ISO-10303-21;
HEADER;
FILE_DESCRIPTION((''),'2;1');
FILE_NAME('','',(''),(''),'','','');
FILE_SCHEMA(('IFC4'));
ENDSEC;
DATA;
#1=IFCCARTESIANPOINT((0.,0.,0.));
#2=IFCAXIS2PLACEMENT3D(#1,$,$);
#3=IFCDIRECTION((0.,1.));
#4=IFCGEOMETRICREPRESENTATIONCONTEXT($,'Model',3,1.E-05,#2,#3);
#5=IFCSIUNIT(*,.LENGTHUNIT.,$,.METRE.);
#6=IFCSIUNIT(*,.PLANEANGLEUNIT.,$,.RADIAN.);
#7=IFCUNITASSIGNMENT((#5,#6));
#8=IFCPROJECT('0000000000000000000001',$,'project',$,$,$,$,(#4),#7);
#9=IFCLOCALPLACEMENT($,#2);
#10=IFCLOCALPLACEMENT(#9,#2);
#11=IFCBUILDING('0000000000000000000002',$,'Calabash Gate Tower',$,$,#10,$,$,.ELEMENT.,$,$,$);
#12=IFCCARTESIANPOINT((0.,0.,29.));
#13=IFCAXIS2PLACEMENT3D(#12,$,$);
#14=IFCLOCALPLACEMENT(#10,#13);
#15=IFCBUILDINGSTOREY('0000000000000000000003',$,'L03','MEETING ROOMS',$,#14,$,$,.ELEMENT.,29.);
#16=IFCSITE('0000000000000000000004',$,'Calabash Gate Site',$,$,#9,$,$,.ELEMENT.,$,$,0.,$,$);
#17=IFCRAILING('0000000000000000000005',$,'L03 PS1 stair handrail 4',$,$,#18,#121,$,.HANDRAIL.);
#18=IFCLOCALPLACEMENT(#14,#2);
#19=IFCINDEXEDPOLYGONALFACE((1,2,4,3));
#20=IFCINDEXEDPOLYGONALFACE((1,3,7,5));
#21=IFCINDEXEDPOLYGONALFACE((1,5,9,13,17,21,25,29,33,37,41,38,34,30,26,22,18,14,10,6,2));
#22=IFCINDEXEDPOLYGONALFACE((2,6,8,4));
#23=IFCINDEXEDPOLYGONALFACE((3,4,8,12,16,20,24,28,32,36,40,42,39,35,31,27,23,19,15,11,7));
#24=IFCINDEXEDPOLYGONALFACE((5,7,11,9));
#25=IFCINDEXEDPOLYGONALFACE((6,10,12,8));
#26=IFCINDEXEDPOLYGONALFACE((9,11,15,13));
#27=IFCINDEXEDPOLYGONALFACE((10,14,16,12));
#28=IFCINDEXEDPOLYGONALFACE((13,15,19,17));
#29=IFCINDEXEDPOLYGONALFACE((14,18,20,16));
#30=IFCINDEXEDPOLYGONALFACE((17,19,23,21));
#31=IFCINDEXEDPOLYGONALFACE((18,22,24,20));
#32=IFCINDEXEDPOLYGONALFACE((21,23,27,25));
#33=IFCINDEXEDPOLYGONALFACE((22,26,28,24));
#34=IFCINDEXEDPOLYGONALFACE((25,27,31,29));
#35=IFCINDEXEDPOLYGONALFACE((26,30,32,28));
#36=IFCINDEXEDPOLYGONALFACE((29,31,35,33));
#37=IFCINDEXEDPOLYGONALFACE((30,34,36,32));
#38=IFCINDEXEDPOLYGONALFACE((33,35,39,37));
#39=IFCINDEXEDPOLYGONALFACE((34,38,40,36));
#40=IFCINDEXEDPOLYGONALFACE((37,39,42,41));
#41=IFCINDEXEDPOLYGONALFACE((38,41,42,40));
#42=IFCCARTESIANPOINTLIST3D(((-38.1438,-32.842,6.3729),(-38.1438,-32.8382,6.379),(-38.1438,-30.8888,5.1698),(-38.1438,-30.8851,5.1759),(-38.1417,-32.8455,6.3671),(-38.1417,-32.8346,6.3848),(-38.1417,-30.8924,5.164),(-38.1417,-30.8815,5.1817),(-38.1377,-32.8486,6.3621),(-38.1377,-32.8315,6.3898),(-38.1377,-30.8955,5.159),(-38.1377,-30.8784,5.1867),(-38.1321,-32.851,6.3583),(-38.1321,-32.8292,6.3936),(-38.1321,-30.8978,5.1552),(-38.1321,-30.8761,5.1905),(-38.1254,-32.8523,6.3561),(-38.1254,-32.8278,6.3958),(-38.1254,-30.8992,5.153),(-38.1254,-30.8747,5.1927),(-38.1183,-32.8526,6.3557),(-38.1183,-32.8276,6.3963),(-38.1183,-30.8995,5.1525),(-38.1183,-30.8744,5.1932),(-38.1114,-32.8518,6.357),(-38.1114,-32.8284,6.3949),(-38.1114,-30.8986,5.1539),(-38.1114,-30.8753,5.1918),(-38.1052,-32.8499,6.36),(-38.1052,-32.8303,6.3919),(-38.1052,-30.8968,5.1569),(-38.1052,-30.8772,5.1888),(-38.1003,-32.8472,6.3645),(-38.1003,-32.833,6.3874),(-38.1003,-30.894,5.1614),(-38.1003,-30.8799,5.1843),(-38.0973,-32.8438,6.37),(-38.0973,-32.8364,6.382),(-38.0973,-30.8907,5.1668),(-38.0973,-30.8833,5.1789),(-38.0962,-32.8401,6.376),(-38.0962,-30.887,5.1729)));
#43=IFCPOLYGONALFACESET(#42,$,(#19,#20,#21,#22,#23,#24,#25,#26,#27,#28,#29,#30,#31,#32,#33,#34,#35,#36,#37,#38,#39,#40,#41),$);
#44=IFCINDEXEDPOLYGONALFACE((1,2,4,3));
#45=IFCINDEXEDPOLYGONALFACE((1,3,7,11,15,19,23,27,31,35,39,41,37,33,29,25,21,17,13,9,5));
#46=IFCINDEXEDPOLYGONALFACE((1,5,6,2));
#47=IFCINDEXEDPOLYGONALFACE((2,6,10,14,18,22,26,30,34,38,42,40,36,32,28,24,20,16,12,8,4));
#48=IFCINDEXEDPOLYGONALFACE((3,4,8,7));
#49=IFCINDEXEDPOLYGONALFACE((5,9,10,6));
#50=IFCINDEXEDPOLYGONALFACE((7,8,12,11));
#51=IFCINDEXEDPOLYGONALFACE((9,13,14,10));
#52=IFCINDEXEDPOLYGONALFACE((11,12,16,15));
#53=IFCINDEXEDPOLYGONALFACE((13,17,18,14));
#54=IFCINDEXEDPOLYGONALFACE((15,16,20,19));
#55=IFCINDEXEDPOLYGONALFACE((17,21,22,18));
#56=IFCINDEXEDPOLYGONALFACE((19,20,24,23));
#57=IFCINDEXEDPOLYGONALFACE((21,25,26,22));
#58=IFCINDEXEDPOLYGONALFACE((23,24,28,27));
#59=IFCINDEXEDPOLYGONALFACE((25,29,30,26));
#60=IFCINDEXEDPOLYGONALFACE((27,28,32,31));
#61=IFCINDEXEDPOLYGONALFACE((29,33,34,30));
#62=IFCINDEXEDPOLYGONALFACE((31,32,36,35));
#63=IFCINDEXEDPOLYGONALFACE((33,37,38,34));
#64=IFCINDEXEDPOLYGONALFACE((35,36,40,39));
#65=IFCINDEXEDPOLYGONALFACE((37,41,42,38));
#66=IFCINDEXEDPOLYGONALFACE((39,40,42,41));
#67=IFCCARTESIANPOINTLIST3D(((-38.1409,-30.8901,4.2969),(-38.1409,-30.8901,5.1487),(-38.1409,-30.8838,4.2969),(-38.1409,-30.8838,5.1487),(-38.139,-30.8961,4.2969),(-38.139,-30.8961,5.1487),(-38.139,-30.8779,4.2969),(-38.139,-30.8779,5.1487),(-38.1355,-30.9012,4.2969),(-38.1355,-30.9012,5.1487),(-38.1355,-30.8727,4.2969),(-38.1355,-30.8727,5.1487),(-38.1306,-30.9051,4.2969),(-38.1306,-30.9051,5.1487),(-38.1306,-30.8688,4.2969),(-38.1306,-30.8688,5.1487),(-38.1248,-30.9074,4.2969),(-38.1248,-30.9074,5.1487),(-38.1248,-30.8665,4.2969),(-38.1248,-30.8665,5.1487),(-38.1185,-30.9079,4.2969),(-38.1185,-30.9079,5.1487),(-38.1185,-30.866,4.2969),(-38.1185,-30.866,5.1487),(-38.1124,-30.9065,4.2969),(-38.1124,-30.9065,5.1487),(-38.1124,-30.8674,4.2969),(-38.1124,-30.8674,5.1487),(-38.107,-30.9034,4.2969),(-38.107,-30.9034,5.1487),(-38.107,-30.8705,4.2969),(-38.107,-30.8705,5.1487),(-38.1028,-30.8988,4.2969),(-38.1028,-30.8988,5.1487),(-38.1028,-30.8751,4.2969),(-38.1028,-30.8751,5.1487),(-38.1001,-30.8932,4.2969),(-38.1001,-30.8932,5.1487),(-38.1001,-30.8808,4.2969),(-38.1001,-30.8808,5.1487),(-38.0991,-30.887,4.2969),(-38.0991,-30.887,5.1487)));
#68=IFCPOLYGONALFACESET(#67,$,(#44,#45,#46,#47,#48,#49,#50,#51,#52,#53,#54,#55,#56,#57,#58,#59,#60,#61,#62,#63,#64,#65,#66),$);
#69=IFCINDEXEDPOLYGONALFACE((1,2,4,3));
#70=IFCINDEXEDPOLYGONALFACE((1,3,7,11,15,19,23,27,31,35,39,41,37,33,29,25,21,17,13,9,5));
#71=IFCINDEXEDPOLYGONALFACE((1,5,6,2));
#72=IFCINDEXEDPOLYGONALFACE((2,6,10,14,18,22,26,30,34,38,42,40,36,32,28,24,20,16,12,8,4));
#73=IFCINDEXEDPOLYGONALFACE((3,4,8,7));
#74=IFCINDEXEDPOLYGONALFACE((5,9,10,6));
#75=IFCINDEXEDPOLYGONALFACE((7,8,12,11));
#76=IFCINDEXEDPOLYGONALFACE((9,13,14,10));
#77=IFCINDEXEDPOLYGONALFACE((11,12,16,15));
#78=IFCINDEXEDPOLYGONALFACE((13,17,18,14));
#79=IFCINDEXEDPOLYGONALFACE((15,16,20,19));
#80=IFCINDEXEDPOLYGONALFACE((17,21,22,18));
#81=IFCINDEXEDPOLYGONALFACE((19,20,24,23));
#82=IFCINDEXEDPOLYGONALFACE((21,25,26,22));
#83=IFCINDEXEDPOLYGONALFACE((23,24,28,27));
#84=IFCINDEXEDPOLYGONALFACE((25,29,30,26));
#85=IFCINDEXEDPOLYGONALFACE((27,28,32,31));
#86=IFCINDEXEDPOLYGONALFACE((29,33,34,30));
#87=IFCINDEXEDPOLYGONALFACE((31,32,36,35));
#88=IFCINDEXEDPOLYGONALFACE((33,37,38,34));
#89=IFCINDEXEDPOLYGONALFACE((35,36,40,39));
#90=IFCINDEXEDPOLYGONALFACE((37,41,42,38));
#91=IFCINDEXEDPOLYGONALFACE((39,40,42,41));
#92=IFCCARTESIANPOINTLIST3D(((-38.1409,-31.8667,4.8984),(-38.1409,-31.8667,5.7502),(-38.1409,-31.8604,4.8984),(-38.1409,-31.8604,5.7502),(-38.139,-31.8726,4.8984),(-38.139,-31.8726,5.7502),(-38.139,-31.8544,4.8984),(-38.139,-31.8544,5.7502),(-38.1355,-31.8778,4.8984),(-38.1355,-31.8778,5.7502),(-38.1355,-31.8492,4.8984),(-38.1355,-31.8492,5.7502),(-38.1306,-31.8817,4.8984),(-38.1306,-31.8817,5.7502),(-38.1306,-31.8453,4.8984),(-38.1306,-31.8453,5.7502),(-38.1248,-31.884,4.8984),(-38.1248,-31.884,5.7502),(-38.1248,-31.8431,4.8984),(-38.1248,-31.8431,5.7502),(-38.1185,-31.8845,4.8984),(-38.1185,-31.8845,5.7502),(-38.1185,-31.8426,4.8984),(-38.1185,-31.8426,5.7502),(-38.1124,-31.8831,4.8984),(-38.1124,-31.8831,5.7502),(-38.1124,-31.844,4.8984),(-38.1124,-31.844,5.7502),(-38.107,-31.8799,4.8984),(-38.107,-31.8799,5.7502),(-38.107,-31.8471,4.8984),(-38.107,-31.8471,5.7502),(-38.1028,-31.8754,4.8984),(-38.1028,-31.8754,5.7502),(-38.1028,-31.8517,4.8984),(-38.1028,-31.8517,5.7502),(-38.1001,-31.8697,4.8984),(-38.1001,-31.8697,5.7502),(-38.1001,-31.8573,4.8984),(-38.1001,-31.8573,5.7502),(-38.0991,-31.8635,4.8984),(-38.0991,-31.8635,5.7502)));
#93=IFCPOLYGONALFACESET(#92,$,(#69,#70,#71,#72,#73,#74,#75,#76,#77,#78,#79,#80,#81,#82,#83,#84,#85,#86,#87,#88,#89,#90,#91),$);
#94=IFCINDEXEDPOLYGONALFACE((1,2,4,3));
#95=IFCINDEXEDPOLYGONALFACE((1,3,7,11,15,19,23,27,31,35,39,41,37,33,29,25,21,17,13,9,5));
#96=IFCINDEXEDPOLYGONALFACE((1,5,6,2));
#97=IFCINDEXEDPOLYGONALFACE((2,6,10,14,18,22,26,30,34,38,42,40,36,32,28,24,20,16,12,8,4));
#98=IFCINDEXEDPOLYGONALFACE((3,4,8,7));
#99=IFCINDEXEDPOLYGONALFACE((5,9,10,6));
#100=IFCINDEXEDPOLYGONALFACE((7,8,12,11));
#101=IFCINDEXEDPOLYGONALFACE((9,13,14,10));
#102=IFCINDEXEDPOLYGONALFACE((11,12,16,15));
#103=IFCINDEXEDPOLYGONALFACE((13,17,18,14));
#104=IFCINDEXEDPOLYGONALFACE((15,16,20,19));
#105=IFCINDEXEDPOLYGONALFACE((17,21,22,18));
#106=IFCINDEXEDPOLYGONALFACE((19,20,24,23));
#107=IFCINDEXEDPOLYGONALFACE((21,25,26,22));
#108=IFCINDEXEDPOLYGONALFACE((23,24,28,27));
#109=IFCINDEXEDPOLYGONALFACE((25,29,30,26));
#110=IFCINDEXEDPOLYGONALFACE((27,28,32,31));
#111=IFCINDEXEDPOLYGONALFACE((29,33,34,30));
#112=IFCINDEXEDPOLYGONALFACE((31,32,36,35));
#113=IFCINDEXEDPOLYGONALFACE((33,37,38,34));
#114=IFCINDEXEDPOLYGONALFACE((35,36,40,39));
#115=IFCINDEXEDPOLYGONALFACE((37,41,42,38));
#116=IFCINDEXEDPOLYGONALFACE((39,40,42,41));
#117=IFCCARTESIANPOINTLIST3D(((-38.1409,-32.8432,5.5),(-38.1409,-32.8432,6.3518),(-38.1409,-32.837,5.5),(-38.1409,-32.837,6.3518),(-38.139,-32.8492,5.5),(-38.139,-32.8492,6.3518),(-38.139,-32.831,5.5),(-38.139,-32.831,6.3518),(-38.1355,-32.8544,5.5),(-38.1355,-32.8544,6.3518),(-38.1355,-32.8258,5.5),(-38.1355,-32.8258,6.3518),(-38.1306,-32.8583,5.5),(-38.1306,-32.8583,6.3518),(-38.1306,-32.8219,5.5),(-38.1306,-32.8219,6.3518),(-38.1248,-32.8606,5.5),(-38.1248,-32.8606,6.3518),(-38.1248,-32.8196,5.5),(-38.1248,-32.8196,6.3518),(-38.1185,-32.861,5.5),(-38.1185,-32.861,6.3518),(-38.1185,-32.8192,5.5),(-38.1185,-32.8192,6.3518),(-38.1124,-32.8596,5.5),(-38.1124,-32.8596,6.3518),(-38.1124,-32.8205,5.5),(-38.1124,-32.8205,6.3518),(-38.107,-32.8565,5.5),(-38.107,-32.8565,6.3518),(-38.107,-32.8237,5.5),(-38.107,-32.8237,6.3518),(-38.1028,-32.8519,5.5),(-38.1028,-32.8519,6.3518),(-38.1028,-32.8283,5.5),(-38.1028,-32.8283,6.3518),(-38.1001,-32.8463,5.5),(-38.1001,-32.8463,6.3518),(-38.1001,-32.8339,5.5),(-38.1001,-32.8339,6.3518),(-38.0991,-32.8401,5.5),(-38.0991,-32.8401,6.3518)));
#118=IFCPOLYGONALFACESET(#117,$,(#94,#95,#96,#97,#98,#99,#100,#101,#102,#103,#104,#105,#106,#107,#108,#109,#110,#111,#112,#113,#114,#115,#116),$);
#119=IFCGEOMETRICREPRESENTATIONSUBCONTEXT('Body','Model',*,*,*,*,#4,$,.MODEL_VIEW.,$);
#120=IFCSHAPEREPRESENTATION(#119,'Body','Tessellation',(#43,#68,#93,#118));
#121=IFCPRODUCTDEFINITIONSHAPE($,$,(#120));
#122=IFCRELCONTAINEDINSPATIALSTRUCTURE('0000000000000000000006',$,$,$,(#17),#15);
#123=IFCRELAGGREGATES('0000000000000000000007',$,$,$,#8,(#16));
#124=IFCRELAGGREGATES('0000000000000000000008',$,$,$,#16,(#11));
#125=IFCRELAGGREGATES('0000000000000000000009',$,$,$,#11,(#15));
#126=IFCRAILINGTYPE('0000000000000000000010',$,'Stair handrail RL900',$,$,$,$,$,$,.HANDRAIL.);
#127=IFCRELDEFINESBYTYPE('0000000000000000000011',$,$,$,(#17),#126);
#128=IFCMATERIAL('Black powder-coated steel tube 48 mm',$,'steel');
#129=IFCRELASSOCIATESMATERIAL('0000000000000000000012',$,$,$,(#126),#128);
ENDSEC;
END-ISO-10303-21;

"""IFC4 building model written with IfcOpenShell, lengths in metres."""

from ifc_helpers import new_model, si_unit, direction, frame, origin, origin_2d, place, context, subcontext, project, spatial, circle, extrude, material, type_object, element, save


model = new_model("IFC4")

# Units and contexts
model_context = context("Model", 3, precision=1e-05, world=origin(), true_north=direction((0.0, 1.0)))
body_context = subcontext(model_context, "Body", "Model", "MODEL_VIEW")
ifc_project = project(units=[si_unit("LENGTHUNIT", "METRE"), si_unit("PLANEANGLEUNIT", "RADIAN")], contexts=[model_context])

# Site, building, storey
site_placement = place(None, origin())
site = spatial("IfcSite", under=ifc_project, at=site_placement, Name="Calabash Gate Site", CompositionType="ELEMENT", RefElevation=0.0)
building_placement = place(site_placement, origin())
building = spatial("IfcBuilding", under=site, at=building_placement, Name="Calabash Gate Tower", CompositionType="ELEMENT")
storey_placement = place(building_placement, frame((0.0, 0.0, 29.0)))
storey = spatial("IfcBuildingStorey", under=building, at=storey_placement, Name="L03", Description="MEETING ROOMS", CompositionType="ELEMENT", Elevation=29.0)

# Railing
ifc_material_1 = material(Name="Black powder-coated steel tube 48 mm", Category="steel")
railing_type_1 = type_object("IfcRailingType", Name="Stair handrail RL900", PredefinedType="HANDRAIL", material=ifc_material_1)
railing_1_placement = place(storey_placement, frame((-38.1201, -30.887, 4.2969)))
element("IfcRailing", 1, at=railing_1_placement, inside=storey, type_object=railing_type_1, Name="L03 PS1 stair handrail 4", PredefinedType="HANDRAIL", context=body_context, shape_type="SweptSolid", body=[
    extrude(circle(Radius=0.0239, at=origin_2d()), frame((0.0, 0.0, 0.876), z_axis=(0.0, -0.851424, 0.524477), x_axis=(1.0, 0.0, 0.0)), (0.0, 0.0, 1.0), 2.2939),
    extrude(circle(Radius=0.021, at=origin_2d()), origin(), (0.0, 0.0, 1.0), 0.8518),
    extrude(circle(Radius=0.021, at=origin_2d()), frame((0.0, -0.9766, 0.6016)), (0.0, 0.0, 1.0), 0.8518),
    extrude(circle(Radius=0.021, at=origin_2d()), frame((0.0, -1.9531, 1.2031)), (0.0, 0.0, 1.0), 0.8518),
])

save(model, "model.ifc")
